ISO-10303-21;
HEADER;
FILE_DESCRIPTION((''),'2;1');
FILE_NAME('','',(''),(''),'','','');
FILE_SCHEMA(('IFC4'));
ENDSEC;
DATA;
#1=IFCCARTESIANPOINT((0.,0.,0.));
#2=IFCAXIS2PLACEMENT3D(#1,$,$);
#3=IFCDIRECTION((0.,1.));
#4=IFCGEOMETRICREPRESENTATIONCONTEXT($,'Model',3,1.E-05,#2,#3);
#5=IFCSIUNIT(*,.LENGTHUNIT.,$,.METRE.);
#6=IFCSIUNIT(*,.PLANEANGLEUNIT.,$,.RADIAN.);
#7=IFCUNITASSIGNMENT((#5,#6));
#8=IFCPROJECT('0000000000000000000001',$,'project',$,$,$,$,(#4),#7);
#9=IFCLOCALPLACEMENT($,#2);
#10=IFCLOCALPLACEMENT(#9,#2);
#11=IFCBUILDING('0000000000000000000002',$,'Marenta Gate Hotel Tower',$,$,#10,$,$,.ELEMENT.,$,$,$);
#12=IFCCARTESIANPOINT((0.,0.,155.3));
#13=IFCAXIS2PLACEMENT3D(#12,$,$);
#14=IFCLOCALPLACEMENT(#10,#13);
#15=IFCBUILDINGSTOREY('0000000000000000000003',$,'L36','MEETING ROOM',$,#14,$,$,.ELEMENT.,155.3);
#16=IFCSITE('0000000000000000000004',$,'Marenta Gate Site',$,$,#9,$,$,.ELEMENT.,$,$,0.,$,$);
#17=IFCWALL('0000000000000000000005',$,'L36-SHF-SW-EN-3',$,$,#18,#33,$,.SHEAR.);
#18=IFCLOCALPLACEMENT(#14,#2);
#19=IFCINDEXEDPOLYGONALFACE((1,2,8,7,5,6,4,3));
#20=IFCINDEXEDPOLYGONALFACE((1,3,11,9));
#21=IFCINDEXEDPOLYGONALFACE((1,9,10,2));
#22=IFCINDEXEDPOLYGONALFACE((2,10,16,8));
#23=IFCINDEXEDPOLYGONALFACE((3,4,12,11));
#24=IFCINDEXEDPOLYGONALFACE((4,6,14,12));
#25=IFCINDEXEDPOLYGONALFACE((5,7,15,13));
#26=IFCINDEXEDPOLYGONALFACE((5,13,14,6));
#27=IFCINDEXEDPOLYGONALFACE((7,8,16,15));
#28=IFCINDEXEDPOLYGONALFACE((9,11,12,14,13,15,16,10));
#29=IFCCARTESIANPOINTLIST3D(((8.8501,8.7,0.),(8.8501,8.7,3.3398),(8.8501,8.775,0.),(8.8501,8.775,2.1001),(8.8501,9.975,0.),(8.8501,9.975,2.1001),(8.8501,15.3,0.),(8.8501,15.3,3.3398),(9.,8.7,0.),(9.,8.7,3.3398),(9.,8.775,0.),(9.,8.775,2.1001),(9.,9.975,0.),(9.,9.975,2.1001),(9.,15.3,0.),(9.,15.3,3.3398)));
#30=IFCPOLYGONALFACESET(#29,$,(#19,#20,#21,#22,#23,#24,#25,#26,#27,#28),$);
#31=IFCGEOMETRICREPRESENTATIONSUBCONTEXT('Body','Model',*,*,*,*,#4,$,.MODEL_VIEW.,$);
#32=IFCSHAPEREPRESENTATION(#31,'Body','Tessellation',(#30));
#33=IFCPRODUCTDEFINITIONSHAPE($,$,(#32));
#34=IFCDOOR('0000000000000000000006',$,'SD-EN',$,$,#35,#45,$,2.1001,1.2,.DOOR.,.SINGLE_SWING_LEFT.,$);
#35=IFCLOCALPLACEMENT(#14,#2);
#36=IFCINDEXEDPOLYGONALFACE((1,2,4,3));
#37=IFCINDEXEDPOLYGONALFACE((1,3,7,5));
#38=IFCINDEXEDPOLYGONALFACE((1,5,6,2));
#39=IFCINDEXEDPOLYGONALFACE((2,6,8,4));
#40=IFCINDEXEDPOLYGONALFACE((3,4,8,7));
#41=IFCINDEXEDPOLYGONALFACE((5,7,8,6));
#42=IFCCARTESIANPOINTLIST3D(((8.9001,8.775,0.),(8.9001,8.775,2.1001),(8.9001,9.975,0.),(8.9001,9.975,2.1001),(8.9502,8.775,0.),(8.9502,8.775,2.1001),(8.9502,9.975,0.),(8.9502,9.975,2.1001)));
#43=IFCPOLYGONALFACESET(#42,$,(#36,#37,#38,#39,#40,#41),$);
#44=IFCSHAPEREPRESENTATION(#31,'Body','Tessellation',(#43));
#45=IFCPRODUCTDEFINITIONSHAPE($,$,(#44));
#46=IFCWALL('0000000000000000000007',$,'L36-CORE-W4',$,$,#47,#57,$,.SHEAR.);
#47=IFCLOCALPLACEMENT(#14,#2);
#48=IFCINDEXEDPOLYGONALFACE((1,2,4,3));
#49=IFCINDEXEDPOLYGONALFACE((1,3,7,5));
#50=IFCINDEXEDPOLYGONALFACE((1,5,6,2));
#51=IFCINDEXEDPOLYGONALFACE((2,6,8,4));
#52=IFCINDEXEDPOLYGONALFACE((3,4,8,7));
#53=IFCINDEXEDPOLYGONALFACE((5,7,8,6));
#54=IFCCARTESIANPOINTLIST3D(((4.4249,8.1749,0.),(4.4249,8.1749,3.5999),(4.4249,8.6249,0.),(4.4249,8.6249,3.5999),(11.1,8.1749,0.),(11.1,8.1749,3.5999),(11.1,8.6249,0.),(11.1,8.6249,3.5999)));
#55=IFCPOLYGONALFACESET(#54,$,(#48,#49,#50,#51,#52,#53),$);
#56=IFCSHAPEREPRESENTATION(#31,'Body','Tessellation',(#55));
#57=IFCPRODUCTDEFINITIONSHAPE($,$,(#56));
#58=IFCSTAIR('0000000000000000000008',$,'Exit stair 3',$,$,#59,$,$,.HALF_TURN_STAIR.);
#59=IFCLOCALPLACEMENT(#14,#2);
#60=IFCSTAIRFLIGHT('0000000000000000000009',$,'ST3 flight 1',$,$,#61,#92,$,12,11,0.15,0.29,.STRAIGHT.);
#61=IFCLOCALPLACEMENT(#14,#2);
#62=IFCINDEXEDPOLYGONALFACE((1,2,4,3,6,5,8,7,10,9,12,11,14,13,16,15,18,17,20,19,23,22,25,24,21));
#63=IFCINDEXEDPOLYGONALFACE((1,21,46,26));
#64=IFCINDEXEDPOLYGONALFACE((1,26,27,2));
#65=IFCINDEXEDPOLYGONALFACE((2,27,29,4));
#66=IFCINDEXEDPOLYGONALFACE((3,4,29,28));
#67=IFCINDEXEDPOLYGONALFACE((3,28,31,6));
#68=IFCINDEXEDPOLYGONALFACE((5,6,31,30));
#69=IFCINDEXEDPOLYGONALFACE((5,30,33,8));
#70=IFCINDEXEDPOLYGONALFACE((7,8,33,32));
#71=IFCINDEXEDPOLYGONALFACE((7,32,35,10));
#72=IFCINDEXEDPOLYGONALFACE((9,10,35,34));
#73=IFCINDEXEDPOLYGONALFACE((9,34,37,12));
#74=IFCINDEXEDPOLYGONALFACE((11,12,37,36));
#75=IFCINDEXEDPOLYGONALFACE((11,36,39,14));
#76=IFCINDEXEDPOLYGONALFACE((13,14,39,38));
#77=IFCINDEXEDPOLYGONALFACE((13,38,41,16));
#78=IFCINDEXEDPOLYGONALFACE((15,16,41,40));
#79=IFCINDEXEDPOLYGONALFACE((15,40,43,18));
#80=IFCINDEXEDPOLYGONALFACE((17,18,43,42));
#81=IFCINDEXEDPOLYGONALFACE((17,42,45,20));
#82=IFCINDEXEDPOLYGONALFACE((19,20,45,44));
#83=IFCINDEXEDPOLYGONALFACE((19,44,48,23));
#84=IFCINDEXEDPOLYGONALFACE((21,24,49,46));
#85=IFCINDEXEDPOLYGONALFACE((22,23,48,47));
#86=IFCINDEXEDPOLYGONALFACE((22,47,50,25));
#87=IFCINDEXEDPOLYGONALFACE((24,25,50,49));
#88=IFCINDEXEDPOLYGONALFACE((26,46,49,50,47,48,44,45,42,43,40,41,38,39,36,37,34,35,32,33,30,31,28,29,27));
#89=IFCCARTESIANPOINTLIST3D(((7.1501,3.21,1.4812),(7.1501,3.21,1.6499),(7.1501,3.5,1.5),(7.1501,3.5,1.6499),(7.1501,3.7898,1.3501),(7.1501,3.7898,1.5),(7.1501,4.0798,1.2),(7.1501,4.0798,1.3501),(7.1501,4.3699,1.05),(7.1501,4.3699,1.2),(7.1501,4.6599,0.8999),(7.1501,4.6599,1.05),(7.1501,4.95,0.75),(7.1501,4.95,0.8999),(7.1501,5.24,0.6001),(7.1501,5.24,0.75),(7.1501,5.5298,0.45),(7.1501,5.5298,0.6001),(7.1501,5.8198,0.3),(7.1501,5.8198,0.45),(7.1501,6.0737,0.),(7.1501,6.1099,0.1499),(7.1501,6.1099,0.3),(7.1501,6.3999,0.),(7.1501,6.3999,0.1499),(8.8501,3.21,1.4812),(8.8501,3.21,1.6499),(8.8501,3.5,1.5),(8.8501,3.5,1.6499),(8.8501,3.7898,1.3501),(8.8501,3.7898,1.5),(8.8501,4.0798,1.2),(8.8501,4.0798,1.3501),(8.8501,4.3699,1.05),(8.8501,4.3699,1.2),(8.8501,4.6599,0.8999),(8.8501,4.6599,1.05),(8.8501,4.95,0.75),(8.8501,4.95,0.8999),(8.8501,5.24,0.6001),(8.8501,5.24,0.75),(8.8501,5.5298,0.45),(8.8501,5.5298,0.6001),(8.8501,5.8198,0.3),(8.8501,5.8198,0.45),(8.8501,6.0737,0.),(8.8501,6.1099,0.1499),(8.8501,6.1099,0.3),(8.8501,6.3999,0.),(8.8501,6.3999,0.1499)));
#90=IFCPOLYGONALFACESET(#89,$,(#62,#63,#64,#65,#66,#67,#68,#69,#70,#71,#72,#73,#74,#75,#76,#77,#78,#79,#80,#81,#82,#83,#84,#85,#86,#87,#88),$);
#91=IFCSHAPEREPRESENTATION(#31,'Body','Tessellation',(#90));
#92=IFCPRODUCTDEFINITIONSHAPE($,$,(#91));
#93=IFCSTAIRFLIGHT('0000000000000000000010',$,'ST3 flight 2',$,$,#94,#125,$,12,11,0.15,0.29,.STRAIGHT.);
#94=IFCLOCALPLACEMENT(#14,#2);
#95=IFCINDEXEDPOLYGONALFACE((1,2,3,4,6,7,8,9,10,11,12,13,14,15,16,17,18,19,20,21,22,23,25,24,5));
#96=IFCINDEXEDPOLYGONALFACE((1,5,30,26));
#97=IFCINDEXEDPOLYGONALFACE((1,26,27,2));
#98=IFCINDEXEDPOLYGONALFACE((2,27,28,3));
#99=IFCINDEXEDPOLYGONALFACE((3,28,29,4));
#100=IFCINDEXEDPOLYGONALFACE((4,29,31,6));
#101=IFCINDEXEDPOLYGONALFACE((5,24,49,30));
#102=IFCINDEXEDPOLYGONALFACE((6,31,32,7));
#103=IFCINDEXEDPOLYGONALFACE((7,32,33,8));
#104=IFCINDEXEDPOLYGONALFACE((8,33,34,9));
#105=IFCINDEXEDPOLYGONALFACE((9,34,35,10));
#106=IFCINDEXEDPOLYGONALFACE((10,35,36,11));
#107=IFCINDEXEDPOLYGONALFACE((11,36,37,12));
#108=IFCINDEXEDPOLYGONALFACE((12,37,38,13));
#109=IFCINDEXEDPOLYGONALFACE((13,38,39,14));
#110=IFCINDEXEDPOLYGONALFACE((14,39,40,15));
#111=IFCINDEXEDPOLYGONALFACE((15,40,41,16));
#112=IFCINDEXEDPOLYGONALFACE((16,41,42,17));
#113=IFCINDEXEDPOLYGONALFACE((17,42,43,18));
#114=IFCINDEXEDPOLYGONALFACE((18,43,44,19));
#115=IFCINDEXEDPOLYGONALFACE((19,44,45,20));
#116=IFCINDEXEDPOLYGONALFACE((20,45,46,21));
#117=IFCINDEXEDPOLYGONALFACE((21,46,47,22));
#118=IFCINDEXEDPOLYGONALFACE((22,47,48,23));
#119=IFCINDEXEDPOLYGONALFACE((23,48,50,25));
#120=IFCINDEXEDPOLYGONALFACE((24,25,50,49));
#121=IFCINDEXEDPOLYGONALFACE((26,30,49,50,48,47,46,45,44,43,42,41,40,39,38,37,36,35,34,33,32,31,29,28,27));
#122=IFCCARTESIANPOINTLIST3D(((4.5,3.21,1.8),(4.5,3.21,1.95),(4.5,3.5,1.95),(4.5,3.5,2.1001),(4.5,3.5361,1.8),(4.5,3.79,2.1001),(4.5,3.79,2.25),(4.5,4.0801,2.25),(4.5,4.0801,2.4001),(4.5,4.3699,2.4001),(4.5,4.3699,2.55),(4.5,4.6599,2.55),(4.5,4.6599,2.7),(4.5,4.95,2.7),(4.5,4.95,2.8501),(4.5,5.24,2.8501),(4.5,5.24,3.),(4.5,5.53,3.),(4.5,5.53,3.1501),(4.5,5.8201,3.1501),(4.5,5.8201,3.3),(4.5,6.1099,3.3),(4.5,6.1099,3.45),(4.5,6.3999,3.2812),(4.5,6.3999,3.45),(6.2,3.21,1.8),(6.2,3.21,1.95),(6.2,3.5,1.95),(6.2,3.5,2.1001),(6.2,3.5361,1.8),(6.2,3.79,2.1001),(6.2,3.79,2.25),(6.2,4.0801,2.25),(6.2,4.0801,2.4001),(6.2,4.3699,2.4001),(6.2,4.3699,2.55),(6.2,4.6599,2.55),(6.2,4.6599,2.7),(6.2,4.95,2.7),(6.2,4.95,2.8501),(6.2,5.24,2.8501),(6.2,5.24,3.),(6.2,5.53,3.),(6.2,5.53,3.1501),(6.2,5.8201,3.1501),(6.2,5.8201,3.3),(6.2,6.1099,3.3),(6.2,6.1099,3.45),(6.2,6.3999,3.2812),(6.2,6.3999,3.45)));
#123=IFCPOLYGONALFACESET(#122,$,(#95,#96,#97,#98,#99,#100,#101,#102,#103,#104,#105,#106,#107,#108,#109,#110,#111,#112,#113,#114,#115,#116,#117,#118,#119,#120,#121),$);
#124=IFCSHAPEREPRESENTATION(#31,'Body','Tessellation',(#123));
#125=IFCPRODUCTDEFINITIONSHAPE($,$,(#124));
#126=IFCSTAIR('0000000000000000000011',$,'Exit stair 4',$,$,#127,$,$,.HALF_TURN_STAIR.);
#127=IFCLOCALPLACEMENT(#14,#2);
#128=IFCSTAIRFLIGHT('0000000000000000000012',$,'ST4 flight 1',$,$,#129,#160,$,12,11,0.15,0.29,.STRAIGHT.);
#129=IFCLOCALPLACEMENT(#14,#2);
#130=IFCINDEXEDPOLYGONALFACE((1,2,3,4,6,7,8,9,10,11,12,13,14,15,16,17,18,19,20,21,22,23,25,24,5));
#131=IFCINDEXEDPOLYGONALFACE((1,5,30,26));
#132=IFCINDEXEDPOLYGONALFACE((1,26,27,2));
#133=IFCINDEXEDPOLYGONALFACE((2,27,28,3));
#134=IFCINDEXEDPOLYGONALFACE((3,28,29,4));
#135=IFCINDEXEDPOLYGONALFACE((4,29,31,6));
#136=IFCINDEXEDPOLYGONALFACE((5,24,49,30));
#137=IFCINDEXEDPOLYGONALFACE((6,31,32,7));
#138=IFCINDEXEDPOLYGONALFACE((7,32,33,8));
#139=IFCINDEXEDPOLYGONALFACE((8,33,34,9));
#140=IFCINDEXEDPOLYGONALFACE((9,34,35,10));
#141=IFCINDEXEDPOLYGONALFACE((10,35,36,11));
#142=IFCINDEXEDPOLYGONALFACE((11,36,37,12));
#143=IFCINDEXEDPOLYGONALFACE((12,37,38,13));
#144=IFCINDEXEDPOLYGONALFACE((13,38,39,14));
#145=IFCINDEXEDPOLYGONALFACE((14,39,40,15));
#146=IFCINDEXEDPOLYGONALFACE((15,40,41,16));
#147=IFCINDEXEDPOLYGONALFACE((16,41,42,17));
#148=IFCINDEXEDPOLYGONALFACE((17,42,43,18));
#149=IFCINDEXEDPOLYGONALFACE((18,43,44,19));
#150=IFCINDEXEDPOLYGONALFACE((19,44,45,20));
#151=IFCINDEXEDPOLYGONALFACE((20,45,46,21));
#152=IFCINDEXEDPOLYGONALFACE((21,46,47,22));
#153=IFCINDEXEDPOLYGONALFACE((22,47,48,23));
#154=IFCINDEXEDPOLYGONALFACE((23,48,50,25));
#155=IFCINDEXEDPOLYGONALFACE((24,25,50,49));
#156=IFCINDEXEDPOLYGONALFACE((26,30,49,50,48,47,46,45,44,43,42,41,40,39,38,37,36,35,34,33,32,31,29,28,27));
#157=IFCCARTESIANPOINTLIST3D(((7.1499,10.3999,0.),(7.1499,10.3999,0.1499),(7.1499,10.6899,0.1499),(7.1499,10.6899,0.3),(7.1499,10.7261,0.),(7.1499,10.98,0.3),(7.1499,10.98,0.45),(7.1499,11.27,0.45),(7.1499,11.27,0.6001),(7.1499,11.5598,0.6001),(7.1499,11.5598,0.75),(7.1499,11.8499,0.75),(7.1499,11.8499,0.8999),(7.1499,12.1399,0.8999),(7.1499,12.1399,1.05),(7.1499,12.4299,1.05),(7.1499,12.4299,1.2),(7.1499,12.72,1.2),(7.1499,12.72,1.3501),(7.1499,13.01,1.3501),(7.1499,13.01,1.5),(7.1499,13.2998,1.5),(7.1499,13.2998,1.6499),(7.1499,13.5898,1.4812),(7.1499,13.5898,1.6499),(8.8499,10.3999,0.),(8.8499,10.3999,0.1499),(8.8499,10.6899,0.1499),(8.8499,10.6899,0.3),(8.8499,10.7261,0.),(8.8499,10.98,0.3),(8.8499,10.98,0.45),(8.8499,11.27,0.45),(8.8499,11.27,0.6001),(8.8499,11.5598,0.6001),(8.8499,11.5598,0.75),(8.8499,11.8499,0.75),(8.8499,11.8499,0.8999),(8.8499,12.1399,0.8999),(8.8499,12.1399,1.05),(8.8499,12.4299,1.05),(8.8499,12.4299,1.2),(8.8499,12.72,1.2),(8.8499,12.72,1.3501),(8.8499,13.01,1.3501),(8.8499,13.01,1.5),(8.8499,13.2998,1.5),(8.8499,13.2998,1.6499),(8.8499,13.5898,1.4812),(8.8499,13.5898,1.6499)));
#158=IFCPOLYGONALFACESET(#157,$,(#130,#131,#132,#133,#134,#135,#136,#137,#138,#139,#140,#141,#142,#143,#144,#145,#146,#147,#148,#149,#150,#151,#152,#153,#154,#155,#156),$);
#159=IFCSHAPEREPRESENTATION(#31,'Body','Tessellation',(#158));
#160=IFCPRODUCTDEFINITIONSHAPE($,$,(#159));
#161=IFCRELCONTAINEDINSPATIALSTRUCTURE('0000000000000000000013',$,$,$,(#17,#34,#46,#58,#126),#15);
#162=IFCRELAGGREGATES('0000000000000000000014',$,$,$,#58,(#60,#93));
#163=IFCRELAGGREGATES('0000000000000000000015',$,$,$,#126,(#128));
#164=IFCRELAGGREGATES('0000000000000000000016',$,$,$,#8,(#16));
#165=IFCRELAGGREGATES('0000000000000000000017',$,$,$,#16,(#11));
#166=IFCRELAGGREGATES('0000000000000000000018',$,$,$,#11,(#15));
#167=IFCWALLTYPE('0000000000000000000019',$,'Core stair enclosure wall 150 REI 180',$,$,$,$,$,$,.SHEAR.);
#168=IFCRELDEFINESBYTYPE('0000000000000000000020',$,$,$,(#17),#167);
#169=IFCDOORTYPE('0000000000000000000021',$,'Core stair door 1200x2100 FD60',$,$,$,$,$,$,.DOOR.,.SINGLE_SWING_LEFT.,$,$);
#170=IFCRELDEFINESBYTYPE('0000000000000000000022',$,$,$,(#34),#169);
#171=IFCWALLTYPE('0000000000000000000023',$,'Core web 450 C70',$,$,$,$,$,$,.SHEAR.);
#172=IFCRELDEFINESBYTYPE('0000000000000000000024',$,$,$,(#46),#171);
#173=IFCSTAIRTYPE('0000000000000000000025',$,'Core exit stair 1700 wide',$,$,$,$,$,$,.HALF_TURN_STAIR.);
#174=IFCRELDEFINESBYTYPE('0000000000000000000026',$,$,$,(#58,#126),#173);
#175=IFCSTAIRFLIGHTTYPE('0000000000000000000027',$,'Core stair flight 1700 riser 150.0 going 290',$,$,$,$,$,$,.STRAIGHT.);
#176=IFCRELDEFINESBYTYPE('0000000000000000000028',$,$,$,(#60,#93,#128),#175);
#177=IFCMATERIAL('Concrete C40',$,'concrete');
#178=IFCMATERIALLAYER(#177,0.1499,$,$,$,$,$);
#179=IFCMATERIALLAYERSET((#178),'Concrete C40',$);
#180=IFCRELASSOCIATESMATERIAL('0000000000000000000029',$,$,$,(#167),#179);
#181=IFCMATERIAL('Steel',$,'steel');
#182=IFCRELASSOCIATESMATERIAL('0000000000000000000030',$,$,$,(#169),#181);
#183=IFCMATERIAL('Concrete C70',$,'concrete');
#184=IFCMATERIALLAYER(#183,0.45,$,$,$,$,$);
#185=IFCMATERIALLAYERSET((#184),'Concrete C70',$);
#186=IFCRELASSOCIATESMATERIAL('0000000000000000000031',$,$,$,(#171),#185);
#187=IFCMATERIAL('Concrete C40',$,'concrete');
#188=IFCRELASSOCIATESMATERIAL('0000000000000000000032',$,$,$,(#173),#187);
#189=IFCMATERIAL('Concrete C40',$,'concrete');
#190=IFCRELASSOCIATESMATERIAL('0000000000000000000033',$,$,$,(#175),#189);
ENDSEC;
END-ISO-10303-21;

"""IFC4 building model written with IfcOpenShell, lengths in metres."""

from ifc_helpers import new_model, si_unit, direction, frame, frame_2d, origin, place, context, subcontext, project, spatial, polyline, rectangle, outline, extrude, material, layer, layer_set, type_object, element, fill, aggregate, save


model = new_model("IFC4")

# Units and contexts
model_context = context("Model", 3, precision=1e-05, world=origin(), true_north=direction((0.0, 1.0)))
body_context = subcontext(model_context, "Body", "Model", "MODEL_VIEW")
ifc_project = project(units=[si_unit("LENGTHUNIT", "METRE"), si_unit("PLANEANGLEUNIT", "RADIAN")], contexts=[model_context])

# Site, building, storey
site_placement = place(None, origin())
site = spatial("IfcSite", under=ifc_project, at=site_placement, Name="Marenta Gate Site", CompositionType="ELEMENT", RefElevation=0.0)
building_placement = place(site_placement, origin())
building = spatial("IfcBuilding", under=site, at=building_placement, Name="Marenta Gate Hotel Tower", CompositionType="ELEMENT")
storey_placement = place(building_placement, frame((0.0, 0.0, 155.3)))
storey = spatial("IfcBuildingStorey", under=building, at=storey_placement, Name="L36", Description="MEETING ROOM", CompositionType="ELEMENT", Elevation=155.3)

# Wall, opening, door
ifc_material_1 = material(Name="Concrete C40", Category="concrete")
ifc_layer_1 = layer(ifc_material_1, 0.1499)
ifc_layer_set_1 = layer_set([ifc_layer_1], Name="Concrete C40")
wall_type_1 = type_object("IfcWallType", Name="Core stair enclosure wall 150 REI 180", PredefinedType="SHEAR", material=ifc_layer_set_1)
ifc_material_2 = material(Name="Steel", Category="steel")
door_type_1 = type_object("IfcDoorType", Name="Core stair door 1200x2100 FD60", OperationType="SINGLE_SWING_LEFT", PredefinedType="DOOR", material=ifc_material_2)
wall_1_placement = place(storey_placement, frame((8.925, 8.7, 0.0), z_axis=(0.0, 0.0, 1.0), x_axis=(0.0, 1.0, 0.0)))
wall_1 = element("IfcWall", 1, at=wall_1_placement, inside=storey, type_object=wall_type_1, Name="L36-SHF-SW-EN-3", PredefinedType="SHEAR", context=body_context, shape_type="SweptSolid", body=[
    extrude(rectangle(XDim=6.6001, YDim=0.1499, at=frame_2d((3.3, 0.0))), origin(), (0.0, 0.0, 1.0), 3.3398),
])
opening_1_placement = place(wall_1_placement, frame((0.075, 0.0, 0.0)))
opening_1 = element("IfcOpeningElement", 2, at=opening_1_placement, cuts=wall_1, PredefinedType="OPENING", context=body_context, shape_type="SweptSolid", body=[
    extrude(rectangle(XDim=1.2, YDim=2.1001, at=frame_2d((0.6001, 1.05))), frame((0.0, 0.075, 0.0), z_axis=(0.0, -1.0, 0.0), x_axis=(1.0, 0.0, 0.0)), (0.0, 0.0, 1.0), 0.1499),
])
door_1_placement = place(opening_1_placement, origin())
door_1 = element("IfcDoor", 3, at=door_1_placement, inside=storey, type_object=door_type_1, Name="SD-EN", OperationType="SINGLE_SWING_LEFT", OverallHeight=2.1001, OverallWidth=1.2, PredefinedType="DOOR", context=body_context, shape_type="SweptSolid", body=[
    extrude(rectangle(XDim=1.2, YDim=2.1001, at=frame_2d((0.6001, 1.05))), frame((0.0, 0.0249, 0.0), z_axis=(0.0, -1.0, 0.0), x_axis=(1.0, 0.0, 0.0)), (0.0, 0.0, 1.0), 0.05),
])
fill(opening_1, door_1)
ifc_material_3 = material(Name="Concrete C70", Category="concrete")
ifc_layer_2 = layer(ifc_material_3, 0.45)
ifc_layer_set_2 = layer_set([ifc_layer_2], Name="Concrete C70")
wall_type_2 = type_object("IfcWallType", Name="Core web 450 C70", PredefinedType="SHEAR", material=ifc_layer_set_2)

# Wall
wall_2_placement = place(storey_placement, frame((4.425, 8.3999, 0.0), z_axis=(0.0, 0.0, 1.0), x_axis=(1.0, 0.0, 0.0)))
element("IfcWall", 4, at=wall_2_placement, inside=storey, type_object=wall_type_2, Name="L36-CORE-W4", PredefinedType="SHEAR", context=body_context, shape_type="SweptSolid", body=[
    extrude(rectangle(XDim=6.675, YDim=0.45, at=frame_2d((3.3374, 0.0))), origin(), (0.0, 0.0, 1.0), 3.5999),
])

# Stairs, stair flights
ifc_material_4 = material(Name="Concrete C40", Category="concrete")
stair_type = type_object("IfcStairType", Name="Core exit stair 1700 wide", PredefinedType="HALF_TURN_STAIR", material=ifc_material_4)
stair_1_placement = place(storey_placement, origin())
stair_1 = element("IfcStair", 5, at=stair_1_placement, inside=storey, type_object=stair_type, Name="Exit stair 3", PredefinedType="HALF_TURN_STAIR")
ifc_material_5 = material(Name="Concrete C40", Category="concrete")
stair_flight_type = type_object("IfcStairFlightType", Name="Core stair flight 1700 riser 150.0 going 290", PredefinedType="STRAIGHT", material=ifc_material_5)
stair_flight_1_placement = place(storey_placement, frame((8.0, 6.3999, 0.0), z_axis=(0.0, 0.0, 1.0), x_axis=(0.0, -1.0, 0.0)))
stair_flight_1 = element("IfcStairFlight", 6, at=stair_flight_1_placement, type_object=stair_flight_type, Name="ST3 flight 1", NumberOfRisers=12, NumberOfTreads=11, PredefinedType="STRAIGHT", RiserHeight=0.15, TreadLength=0.29, context=body_context, shape_type="SweptSolid", body=[
    extrude(outline(polyline([(0.0, 0.0), (0.0, 0.1499), (0.29, 0.1499), (0.29, 0.3), (0.5801, 0.3), (0.5801, 0.45), (0.8701, 0.45), (0.8701, 0.6001), (1.1599, 0.6001), (1.1599, 0.75), (1.45, 0.75), (1.45, 0.8999), (1.74, 0.8999), (1.74, 1.05), (2.03, 1.05), (2.03, 1.2), (2.3201, 1.2), (2.3201, 1.3501), (2.6101, 1.3501), (2.6101, 1.5), (2.8999, 1.5), (2.8999, 1.6499), (3.1899, 1.6499), (3.1899, 1.8), (3.1899, 1.4812), (0.3262, 0.0), (0.0, 0.0)])), frame((0.0, 0.8501, 0.0), z_axis=(0.0, -1.0, 0.0), x_axis=(1.0, 0.0, 0.0)), (0.0, 0.0, 1.0), 1.7),
])
stair_flight_2_placement = place(storey_placement, frame((5.3501, 3.21, 1.8), z_axis=(0.0, 0.0, 1.0), x_axis=(0.0, 1.0, 0.0)))
stair_flight_2 = element("IfcStairFlight", 7, at=stair_flight_2_placement, type_object=stair_flight_type, Name="ST3 flight 2", NumberOfRisers=12, NumberOfTreads=11, PredefinedType="STRAIGHT", RiserHeight=0.15, TreadLength=0.29, context=body_context, shape_type="SweptSolid", body=[
    extrude(outline(polyline([(0.0, 0.0), (0.0, 0.1499), (0.29, 0.1499), (0.29, 0.3), (0.5801, 0.3), (0.5801, 0.45), (0.8701, 0.45), (0.8701, 0.6001), (1.1599, 0.6001), (1.1599, 0.75), (1.45, 0.75), (1.45, 0.8999), (1.74, 0.8999), (1.74, 1.05), (2.03, 1.05), (2.03, 1.2), (2.3201, 1.2), (2.3201, 1.3501), (2.6101, 1.3501), (2.6101, 1.5), (2.8999, 1.5), (2.8999, 1.6499), (3.1899, 1.6499), (3.1899, 1.8), (3.1899, 1.4812), (0.3262, 0.0), (0.0, 0.0)])), frame((0.0, 0.8501, 0.0), z_axis=(0.0, -1.0, 0.0), x_axis=(1.0, 0.0, 0.0)), (0.0, 0.0, 1.0), 1.7),
])
aggregate(stair_1, [stair_flight_1, stair_flight_2])
stair_2_placement = place(storey_placement, origin())
stair_2 = element("IfcStair", 8, at=stair_2_placement, inside=storey, type_object=stair_type, Name="Exit stair 4", PredefinedType="HALF_TURN_STAIR")
stair_flight_3_placement = place(storey_placement, frame((8.0, 10.3999, 0.0), z_axis=(0.0, 0.0, 1.0), x_axis=(0.0, 1.0, 0.0)))
stair_flight_3 = element("IfcStairFlight", 9, at=stair_flight_3_placement, type_object=stair_flight_type, Name="ST4 flight 1", NumberOfRisers=12, NumberOfTreads=11, PredefinedType="STRAIGHT", RiserHeight=0.15, TreadLength=0.29, context=body_context, shape_type="SweptSolid", body=[
    extrude(outline(polyline([(0.0, 0.0), (0.0, 0.1499), (0.29, 0.1499), (0.29, 0.3), (0.5801, 0.3), (0.5801, 0.45), (0.8701, 0.45), (0.8701, 0.6001), (1.1599, 0.6001), (1.1599, 0.75), (1.45, 0.75), (1.45, 0.8999), (1.74, 0.8999), (1.74, 1.05), (2.03, 1.05), (2.03, 1.2), (2.3201, 1.2), (2.3201, 1.3501), (2.6101, 1.3501), (2.6101, 1.5), (2.8999, 1.5), (2.8999, 1.6499), (3.1899, 1.6499), (3.1899, 1.8), (3.1899, 1.4812), (0.3262, 0.0), (0.0, 0.0)])), frame((0.0, 0.8501, 0.0), z_axis=(0.0, -1.0, 0.0), x_axis=(1.0, 0.0, 0.0)), (0.0, 0.0, 1.0), 1.7),
])
aggregate(stair_2, [stair_flight_3])

save(model, "model.ifc")
